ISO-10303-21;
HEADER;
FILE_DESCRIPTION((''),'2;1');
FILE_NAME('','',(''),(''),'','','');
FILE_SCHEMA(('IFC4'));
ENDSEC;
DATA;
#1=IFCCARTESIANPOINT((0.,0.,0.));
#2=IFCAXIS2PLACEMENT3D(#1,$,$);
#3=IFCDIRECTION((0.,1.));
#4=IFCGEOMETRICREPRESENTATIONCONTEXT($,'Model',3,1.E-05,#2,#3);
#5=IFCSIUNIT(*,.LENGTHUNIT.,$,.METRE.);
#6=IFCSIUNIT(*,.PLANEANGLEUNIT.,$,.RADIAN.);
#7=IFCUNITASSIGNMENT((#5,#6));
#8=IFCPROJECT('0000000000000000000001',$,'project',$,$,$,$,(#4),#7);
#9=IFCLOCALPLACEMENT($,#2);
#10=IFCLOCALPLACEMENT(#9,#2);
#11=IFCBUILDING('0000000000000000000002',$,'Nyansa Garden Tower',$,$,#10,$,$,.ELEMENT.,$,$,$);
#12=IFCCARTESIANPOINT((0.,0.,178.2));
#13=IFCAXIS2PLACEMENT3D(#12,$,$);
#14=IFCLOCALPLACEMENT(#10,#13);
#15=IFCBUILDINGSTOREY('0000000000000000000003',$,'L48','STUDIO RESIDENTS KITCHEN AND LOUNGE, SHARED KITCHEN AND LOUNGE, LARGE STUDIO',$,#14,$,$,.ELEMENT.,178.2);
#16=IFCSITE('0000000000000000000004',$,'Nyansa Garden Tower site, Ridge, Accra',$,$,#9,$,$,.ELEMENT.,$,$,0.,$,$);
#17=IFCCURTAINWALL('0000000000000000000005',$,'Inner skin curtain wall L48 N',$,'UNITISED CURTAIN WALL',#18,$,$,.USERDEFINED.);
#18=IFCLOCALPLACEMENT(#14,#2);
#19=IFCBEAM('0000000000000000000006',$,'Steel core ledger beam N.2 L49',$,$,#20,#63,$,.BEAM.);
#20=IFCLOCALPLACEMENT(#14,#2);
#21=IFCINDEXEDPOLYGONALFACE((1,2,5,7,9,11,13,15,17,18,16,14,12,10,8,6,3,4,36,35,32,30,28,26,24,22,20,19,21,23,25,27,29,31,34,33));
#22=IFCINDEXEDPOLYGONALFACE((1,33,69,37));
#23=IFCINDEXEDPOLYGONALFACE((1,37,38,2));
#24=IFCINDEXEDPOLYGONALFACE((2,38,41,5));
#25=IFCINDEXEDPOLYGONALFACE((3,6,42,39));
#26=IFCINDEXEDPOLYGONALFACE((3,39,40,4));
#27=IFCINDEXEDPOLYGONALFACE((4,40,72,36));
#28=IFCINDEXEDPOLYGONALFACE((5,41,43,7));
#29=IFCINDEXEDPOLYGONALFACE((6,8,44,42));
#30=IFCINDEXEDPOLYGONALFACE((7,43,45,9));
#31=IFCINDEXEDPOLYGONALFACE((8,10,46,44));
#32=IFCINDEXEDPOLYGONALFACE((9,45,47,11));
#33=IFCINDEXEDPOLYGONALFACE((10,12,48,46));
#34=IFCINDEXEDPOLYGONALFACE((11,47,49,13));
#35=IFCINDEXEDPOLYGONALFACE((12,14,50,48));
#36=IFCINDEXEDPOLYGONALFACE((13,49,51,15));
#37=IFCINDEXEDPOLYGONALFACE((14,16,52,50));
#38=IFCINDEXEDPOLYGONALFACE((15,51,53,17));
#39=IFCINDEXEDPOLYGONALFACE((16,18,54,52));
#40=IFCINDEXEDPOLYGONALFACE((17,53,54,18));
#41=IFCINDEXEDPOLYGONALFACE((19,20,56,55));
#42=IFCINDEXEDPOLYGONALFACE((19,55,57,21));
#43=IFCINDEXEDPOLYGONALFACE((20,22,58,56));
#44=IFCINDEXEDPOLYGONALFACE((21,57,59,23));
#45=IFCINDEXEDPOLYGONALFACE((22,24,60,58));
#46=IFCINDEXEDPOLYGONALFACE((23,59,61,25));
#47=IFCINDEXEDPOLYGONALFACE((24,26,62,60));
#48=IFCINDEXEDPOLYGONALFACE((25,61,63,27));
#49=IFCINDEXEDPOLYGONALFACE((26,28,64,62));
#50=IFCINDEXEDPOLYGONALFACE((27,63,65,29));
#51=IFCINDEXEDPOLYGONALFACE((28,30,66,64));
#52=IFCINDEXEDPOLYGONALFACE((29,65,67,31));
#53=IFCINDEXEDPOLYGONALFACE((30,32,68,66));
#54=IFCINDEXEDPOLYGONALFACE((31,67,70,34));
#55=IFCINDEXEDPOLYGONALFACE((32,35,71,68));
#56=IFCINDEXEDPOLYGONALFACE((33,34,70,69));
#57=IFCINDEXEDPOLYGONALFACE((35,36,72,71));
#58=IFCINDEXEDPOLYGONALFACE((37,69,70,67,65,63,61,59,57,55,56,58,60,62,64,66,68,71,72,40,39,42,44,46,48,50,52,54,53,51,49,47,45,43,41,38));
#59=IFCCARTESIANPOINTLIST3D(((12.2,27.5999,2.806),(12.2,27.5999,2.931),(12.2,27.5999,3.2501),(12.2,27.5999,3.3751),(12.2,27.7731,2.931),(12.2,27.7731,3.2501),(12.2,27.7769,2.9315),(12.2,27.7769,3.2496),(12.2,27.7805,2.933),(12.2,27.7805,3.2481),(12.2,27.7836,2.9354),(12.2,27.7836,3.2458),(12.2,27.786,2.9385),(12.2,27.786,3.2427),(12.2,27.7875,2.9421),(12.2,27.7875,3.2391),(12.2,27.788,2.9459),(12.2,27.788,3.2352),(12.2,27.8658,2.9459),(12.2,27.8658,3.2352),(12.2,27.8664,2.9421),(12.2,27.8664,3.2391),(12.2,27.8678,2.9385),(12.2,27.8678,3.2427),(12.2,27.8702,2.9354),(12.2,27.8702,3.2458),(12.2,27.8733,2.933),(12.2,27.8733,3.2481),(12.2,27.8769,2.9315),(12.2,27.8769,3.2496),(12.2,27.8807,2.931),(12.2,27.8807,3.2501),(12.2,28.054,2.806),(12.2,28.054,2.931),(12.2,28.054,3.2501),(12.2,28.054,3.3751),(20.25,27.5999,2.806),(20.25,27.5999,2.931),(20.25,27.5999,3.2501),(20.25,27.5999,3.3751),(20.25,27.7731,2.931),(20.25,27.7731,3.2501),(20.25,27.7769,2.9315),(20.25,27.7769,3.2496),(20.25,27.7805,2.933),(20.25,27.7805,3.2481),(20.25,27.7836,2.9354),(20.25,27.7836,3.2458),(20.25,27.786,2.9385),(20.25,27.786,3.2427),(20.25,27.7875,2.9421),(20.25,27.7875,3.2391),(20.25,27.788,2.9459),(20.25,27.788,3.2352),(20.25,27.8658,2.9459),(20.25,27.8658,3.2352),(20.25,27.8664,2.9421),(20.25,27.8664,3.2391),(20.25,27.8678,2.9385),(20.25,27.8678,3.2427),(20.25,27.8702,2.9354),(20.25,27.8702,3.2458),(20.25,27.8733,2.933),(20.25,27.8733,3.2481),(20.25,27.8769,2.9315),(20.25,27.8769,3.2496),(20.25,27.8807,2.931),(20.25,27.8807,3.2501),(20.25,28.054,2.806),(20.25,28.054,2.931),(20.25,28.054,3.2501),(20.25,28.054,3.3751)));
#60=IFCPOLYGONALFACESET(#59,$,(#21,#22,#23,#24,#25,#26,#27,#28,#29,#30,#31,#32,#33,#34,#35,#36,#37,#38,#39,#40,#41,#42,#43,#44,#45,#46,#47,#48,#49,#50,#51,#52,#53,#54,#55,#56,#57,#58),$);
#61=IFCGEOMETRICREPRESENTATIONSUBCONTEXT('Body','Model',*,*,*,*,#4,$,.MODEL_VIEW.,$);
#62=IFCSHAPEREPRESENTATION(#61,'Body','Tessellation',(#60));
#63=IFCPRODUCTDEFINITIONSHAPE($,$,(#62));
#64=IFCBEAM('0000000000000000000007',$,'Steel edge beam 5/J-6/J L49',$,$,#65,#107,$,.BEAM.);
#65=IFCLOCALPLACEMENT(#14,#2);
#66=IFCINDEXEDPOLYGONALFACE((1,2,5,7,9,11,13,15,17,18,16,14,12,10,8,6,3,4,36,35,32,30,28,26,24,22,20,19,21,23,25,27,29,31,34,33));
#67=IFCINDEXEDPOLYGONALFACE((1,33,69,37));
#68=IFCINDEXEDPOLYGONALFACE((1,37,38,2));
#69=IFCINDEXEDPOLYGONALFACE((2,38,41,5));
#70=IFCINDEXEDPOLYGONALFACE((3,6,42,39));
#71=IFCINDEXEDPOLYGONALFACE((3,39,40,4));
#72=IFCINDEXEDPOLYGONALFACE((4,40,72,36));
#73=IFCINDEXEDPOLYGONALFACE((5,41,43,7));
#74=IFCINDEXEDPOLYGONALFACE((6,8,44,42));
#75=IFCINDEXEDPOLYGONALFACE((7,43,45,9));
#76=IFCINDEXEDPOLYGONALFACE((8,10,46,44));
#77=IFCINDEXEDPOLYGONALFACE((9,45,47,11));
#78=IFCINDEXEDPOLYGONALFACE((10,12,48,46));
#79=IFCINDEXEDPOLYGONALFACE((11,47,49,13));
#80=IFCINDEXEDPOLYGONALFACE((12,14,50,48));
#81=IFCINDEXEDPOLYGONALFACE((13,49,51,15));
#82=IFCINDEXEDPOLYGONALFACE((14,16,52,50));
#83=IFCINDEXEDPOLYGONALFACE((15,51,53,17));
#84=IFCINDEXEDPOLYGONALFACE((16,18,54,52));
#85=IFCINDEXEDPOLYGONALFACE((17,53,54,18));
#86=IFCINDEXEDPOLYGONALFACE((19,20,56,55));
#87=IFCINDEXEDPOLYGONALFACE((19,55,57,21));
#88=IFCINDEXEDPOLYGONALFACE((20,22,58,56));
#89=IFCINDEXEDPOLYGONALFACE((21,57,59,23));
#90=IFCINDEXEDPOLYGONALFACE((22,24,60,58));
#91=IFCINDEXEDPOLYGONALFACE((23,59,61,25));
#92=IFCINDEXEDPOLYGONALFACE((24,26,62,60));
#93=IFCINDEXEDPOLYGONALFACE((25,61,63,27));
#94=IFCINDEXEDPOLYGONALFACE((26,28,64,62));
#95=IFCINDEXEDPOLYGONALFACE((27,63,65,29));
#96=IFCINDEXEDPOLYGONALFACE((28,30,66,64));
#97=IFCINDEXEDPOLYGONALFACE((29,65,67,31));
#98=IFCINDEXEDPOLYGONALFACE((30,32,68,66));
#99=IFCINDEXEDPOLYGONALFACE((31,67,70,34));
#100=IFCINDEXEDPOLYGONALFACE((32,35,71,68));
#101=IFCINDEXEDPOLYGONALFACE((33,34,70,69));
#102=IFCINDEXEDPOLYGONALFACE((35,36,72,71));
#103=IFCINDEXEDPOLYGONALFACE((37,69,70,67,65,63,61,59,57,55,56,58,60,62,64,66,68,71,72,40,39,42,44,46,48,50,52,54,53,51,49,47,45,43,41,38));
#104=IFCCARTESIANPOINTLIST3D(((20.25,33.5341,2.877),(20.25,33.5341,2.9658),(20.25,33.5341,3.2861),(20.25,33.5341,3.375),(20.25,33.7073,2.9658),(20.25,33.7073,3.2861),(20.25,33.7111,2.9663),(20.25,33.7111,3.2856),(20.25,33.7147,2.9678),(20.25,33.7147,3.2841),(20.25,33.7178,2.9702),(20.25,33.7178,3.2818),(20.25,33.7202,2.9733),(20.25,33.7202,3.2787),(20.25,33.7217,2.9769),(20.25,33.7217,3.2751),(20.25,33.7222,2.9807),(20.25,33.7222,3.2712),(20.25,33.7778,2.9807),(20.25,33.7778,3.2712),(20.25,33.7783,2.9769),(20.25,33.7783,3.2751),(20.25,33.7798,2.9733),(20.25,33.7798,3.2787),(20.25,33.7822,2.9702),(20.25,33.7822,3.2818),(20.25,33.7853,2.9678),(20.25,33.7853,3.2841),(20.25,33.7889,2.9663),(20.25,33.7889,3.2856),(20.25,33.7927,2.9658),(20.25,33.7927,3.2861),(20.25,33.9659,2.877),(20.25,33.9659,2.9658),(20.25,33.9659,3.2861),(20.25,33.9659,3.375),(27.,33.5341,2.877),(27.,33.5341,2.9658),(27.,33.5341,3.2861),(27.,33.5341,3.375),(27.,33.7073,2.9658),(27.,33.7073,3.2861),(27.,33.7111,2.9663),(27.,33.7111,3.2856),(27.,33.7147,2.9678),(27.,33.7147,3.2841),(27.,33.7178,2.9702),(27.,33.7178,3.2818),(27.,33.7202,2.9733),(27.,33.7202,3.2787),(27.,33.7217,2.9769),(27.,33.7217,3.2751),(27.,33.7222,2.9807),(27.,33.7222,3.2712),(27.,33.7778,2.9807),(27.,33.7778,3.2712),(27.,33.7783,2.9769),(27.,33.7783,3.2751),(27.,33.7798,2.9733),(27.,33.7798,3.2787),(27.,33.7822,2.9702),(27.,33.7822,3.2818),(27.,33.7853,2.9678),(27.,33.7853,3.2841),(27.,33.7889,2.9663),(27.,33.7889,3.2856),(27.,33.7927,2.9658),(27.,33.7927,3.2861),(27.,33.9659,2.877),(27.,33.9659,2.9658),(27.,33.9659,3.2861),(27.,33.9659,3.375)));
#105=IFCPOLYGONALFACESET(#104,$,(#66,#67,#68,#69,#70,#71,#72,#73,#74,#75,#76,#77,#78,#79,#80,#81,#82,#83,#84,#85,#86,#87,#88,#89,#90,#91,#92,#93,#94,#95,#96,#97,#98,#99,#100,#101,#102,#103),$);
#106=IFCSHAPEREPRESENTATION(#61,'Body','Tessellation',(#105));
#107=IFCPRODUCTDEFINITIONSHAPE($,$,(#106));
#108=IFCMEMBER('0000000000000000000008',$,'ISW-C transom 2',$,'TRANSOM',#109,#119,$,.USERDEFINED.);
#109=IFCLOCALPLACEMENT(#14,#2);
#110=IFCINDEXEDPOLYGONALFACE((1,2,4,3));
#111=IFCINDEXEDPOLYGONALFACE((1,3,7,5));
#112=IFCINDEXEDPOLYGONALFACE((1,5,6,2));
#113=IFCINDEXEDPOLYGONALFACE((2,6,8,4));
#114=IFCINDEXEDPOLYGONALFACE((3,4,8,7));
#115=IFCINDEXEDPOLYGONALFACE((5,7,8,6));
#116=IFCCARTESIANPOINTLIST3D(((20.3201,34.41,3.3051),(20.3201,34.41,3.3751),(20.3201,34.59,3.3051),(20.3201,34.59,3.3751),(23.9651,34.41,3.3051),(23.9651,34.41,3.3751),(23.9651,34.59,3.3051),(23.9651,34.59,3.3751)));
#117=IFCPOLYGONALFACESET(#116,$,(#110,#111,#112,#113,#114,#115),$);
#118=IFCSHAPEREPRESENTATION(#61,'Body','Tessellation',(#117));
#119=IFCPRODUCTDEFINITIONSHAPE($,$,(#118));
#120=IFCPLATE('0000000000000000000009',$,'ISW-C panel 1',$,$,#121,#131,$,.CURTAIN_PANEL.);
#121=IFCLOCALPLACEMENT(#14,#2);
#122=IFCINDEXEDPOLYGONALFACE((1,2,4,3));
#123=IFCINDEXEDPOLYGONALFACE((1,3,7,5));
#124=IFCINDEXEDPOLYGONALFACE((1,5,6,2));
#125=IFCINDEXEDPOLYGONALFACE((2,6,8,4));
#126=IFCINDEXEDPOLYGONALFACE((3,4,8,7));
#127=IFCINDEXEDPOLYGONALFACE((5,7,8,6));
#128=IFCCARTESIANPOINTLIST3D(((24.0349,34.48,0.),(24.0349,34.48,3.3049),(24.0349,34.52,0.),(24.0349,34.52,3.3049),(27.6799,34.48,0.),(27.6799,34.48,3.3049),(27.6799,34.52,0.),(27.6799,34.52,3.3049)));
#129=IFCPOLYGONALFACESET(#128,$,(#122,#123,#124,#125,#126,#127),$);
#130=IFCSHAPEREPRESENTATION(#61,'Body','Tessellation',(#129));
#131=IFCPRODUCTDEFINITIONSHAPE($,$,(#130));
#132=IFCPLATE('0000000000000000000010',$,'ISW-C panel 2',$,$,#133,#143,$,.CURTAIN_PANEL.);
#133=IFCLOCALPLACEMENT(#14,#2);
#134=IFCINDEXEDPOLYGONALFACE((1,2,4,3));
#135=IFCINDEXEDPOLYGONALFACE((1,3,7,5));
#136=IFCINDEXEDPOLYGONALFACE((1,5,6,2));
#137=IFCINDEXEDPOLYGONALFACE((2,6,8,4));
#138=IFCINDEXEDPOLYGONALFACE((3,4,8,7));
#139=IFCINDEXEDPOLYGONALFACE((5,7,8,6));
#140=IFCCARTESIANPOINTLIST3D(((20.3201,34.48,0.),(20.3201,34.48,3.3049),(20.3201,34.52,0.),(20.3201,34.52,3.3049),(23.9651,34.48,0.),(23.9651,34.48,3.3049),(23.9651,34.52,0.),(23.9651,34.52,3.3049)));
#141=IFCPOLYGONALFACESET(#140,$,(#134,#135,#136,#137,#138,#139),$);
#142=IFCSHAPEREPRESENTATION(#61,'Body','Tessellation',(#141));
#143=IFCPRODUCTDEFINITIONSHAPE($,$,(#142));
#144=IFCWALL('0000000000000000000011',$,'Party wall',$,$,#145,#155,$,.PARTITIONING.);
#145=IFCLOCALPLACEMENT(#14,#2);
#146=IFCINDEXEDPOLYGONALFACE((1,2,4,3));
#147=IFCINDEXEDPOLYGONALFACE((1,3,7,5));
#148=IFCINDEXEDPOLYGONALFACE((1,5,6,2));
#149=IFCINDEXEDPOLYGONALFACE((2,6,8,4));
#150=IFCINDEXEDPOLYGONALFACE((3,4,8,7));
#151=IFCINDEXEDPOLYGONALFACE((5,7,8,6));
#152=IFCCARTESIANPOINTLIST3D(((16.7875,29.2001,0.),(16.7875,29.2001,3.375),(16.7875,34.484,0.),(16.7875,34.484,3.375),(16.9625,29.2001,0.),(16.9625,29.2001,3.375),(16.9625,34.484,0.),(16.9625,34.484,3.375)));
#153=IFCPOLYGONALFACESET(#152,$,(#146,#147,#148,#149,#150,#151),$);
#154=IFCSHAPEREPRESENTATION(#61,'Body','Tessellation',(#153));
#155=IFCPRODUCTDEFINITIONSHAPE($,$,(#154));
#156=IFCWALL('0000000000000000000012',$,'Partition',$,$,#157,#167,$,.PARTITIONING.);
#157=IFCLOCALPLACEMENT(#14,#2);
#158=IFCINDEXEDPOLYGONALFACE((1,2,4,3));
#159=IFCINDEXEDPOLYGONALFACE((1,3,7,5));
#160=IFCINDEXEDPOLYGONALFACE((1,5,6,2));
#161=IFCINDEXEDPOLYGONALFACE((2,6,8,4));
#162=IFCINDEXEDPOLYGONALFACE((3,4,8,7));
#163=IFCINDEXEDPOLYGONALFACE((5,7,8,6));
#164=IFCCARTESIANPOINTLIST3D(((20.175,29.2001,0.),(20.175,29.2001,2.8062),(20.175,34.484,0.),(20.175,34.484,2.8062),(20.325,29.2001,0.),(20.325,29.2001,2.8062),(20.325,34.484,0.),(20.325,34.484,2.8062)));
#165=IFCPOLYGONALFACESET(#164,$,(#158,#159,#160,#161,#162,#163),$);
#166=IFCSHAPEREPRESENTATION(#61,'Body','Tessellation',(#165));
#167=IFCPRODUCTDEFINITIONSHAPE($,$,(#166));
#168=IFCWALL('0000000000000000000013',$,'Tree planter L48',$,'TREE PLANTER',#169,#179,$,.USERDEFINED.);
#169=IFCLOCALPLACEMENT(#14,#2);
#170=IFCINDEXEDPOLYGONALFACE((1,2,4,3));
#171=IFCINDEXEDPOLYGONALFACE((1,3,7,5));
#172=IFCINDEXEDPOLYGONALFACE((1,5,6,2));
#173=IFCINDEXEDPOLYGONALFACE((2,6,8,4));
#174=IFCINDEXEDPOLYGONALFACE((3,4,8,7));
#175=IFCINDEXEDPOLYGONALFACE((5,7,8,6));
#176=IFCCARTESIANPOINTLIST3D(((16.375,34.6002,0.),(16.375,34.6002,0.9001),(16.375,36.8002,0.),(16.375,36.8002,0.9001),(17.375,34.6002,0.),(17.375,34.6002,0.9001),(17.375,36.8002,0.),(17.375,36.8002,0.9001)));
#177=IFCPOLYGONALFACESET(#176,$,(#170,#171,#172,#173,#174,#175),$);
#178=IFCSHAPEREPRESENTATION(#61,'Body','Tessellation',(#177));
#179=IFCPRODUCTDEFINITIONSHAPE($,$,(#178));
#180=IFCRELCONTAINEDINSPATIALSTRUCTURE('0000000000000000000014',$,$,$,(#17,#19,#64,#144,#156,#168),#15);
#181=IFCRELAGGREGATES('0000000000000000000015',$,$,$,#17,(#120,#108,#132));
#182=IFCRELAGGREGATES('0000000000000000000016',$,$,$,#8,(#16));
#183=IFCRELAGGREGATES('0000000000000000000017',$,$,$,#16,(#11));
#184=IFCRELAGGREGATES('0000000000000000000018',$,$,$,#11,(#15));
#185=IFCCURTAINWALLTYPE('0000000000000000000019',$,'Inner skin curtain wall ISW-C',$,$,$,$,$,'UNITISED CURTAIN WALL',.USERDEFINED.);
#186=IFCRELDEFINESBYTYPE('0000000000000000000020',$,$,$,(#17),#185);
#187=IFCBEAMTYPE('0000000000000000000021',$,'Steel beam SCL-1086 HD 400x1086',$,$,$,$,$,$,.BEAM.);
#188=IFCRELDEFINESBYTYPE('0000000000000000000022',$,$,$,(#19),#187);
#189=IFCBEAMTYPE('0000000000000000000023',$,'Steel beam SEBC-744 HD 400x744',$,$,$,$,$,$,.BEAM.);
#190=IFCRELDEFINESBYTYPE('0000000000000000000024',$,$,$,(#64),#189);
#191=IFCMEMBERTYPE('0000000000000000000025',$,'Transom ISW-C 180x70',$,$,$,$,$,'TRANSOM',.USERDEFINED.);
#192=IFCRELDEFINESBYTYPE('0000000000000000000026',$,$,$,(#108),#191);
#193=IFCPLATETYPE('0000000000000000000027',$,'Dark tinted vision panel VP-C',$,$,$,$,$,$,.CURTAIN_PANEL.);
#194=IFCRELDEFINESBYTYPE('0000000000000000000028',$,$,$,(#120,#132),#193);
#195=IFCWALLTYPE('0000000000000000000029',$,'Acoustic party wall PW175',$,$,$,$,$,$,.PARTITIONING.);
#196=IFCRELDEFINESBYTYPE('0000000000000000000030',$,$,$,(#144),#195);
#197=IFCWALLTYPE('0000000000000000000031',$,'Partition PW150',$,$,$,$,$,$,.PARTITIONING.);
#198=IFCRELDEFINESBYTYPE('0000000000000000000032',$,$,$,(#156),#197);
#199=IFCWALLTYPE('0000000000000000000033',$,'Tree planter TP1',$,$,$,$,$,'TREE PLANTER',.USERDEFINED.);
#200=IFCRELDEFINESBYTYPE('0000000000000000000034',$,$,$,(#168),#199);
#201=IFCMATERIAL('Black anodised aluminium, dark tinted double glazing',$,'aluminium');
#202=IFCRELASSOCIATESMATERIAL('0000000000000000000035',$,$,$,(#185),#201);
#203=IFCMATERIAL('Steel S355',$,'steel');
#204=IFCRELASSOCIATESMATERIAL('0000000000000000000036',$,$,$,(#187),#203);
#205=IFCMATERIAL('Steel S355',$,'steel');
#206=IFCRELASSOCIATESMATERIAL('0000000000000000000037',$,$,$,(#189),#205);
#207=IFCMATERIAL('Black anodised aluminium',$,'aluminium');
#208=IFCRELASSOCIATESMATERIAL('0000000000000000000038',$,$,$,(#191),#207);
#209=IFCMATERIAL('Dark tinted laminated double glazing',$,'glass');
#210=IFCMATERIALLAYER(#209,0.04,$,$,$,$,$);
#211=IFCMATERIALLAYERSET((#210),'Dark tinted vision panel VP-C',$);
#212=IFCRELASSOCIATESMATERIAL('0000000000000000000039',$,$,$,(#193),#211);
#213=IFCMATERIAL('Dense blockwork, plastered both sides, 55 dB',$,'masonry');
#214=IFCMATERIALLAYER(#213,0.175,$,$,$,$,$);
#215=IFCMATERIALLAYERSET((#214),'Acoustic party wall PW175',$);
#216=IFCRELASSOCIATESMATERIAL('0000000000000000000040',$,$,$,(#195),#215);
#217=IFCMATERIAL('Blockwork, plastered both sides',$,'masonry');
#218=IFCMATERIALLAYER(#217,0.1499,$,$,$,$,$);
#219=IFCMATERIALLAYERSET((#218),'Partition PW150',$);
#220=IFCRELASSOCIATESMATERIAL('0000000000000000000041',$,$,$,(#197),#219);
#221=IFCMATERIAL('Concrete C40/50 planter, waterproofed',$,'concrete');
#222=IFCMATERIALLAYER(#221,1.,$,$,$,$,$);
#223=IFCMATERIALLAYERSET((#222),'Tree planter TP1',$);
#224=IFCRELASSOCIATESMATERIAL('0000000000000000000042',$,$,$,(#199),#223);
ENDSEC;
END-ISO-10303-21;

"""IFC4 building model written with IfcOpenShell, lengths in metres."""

from ifc_helpers import new_model, si_unit, direction, frame, frame_2d, origin, origin_2d, place, context, subcontext, project, spatial, rectangle, i_section, extrude, material, layer, layer_set, material_profile, profile_set, type_object, element, aggregate, save


model = new_model("IFC4")

# Units and contexts
model_context = context("Model", 3, precision=1e-05, world=origin(), true_north=direction((0.0, 1.0)))
body_context = subcontext(model_context, "Body", "Model", "MODEL_VIEW")
ifc_project = project(units=[si_unit("LENGTHUNIT", "METRE"), si_unit("PLANEANGLEUNIT", "RADIAN")], contexts=[model_context])

# Site, building, storey
site_placement = place(None, origin())
site = spatial("IfcSite", under=ifc_project, at=site_placement, Name="Nyansa Garden Tower site, Ridge, Accra", CompositionType="ELEMENT", RefElevation=0.0)
building_placement = place(site_placement, origin())
building = spatial("IfcBuilding", under=site, at=building_placement, Name="Nyansa Garden Tower", CompositionType="ELEMENT")
storey_placement = place(building_placement, frame((0.0, 0.0, 178.2)))
storey = spatial("IfcBuildingStorey", under=building, at=storey_placement, Name="L48", Description="STUDIO RESIDENTS KITCHEN AND LOUNGE, SHARED KITCHEN AND LOUNGE, LARGE STUDIO", CompositionType="ELEMENT", Elevation=178.2)

# Curtain wall
ifc_material_1 = material(Name="Black anodised aluminium, dark tinted double glazing", Category="aluminium")
curtain_wall_type = type_object("IfcCurtainWallType", Name="Inner skin curtain wall ISW-C", ElementType="UNITISED CURTAIN WALL", PredefinedType="USERDEFINED", material=ifc_material_1)
curtain_wall_placement = place(storey_placement, origin())
curtain_wall = element("IfcCurtainWall", 1, at=curtain_wall_placement, inside=storey, type_object=curtain_wall_type, Name="Inner skin curtain wall L48 N", ObjectType="UNITISED CURTAIN WALL", PredefinedType="USERDEFINED")

# Beams
ifc_material_2 = material(Name="Steel S355", Category="steel")
ifc_material_profile_1 = material_profile(ifc_material_2, i_section(OverallWidth=0.4541, OverallDepth=0.5691, WebThickness=0.0779, FlangeThickness=0.125, FilletRadius=0.0149, at=origin_2d()), Name="HD 400x1086")
ifc_profile_set_1 = profile_set([ifc_material_profile_1], Name="Steel S355")
beam_type_1 = type_object("IfcBeamType", Name="Steel beam SCL-1086 HD 400x1086", PredefinedType="BEAM", material=ifc_profile_set_1)
beam_1_placement = place(storey_placement, frame((20.25, 27.8269, 3.0906), z_axis=(-1.0, 0.0, 0.0), x_axis=(0.0, -1.0, 0.0)))
element("IfcBeam", 2, at=beam_1_placement, inside=storey, type_object=beam_type_1, Name="Steel core ledger beam N.2 L49", PredefinedType="BEAM", context=body_context, shape_type="SweptSolid", body=[
    extrude(i_section(OverallWidth=0.4541, OverallDepth=0.5691, WebThickness=0.0779, FlangeThickness=0.125, FilletRadius=0.0149, at=origin_2d()), origin(), (0.0, 0.0, 1.0), 8.05),
])
ifc_material_3 = material(Name="Steel S355", Category="steel")
ifc_material_profile_2 = material_profile(ifc_material_3, i_section(OverallWidth=0.4319, OverallDepth=0.498, WebThickness=0.0557, FlangeThickness=0.0889, FilletRadius=0.0149, at=origin_2d()), Name="HD 400x744")
ifc_profile_set_2 = profile_set([ifc_material_profile_2], Name="Steel S355")
beam_type_2 = type_object("IfcBeamType", Name="Steel beam SEBC-744 HD 400x744", PredefinedType="BEAM", material=ifc_profile_set_2)
beam_2_placement = place(storey_placement, frame((20.25, 33.75, 3.126), z_axis=(1.0, 0.0, 0.0), x_axis=(0.0, 1.0, 0.0)))
element("IfcBeam", 3, at=beam_2_placement, inside=storey, type_object=beam_type_2, Name="Steel edge beam 5/J-6/J L49", PredefinedType="BEAM", context=body_context, shape_type="SweptSolid", body=[
    extrude(i_section(OverallWidth=0.4319, OverallDepth=0.498, WebThickness=0.0557, FlangeThickness=0.0889, FilletRadius=0.0149, at=origin_2d()), origin(), (0.0, 0.0, 1.0), 6.75),
])

# Member
ifc_material_4 = material(Name="Black anodised aluminium", Category="aluminium")
ifc_material_profile_3 = material_profile(ifc_material_4, rectangle(XDim=0.1799, YDim=0.0701, at=origin_2d()), Name="Transom 180x70")
ifc_profile_set_3 = profile_set([ifc_material_profile_3], Name="Black anodised aluminium")
member_type_1 = type_object("IfcMemberType", Name="Transom ISW-C 180x70", ElementType="TRANSOM", PredefinedType="USERDEFINED", material=ifc_profile_set_3)
member_1_placement = place(storey_placement, frame((23.9651, 34.5, 3.3401), z_axis=(-1.0, 0.0, 0.0), x_axis=(0.0, -1.0, 0.0)))
member_1 = element("IfcMember", 4, at=member_1_placement, type_object=member_type_1, Name="ISW-C transom 2", ObjectType="TRANSOM", PredefinedType="USERDEFINED", context=body_context, shape_type="SweptSolid", body=[
    extrude(rectangle(XDim=0.1799, YDim=0.0701, at=origin_2d()), origin(), (0.0, 0.0, 1.0), 3.645),
])

# Plates
ifc_material_5 = material(Name="Dark tinted laminated double glazing", Category="glass")
ifc_layer_1 = layer(ifc_material_5, 0.04)
ifc_layer_set_1 = layer_set([ifc_layer_1], Name="Dark tinted vision panel VP-C")
plate_type = type_object("IfcPlateType", Name="Dark tinted vision panel VP-C", PredefinedType="CURTAIN_PANEL", material=ifc_layer_set_1)
plate_1_placement = place(storey_placement, frame((25.8574, 34.5, 0.0), z_axis=(0.0, 0.0, 1.0), x_axis=(-1.0, 0.0, 0.0)))
plate_1 = element("IfcPlate", 5, at=plate_1_placement, type_object=plate_type, Name="ISW-C panel 1", PredefinedType="CURTAIN_PANEL", context=body_context, shape_type="SweptSolid", body=[
    extrude(rectangle(XDim=3.645, YDim=0.04, at=origin_2d()), origin(), (0.0, 0.0, 1.0), 3.3049),
])
plate_2_placement = place(storey_placement, frame((22.1426, 34.5, 0.0), z_axis=(0.0, 0.0, 1.0), x_axis=(-1.0, 0.0, 0.0)))
plate_2 = element("IfcPlate", 6, at=plate_2_placement, type_object=plate_type, Name="ISW-C panel 2", PredefinedType="CURTAIN_PANEL", context=body_context, shape_type="SweptSolid", body=[
    extrude(rectangle(XDim=3.645, YDim=0.04, at=origin_2d()), origin(), (0.0, 0.0, 1.0), 3.3049),
])
aggregate(curtain_wall, [plate_1, member_1, plate_2])

# Walls
ifc_material_6 = material(Name="Dense blockwork, plastered both sides, 55 dB", Category="masonry")
ifc_layer_2 = layer(ifc_material_6, 0.175)
ifc_layer_set_2 = layer_set([ifc_layer_2], Name="Acoustic party wall PW175")
wall_type_1 = type_object("IfcWallType", Name="Acoustic party wall PW175", PredefinedType="PARTITIONING", material=ifc_layer_set_2)
wall_1_placement = place(storey_placement, frame((16.875, 29.2, 0.0), z_axis=(0.0, 0.0, 1.0), x_axis=(0.0, 1.0, 0.0)))
element("IfcWall", 7, at=wall_1_placement, inside=storey, type_object=wall_type_1, Name="Party wall", PredefinedType="PARTITIONING", context=body_context, shape_type="SweptSolid", body=[
    extrude(rectangle(XDim=5.2839, YDim=0.175, at=frame_2d((2.6421, 0.0))), origin(), (0.0, 0.0, 1.0), 3.375),
])
ifc_material_7 = material(Name="Blockwork, plastered both sides", Category="masonry")
ifc_layer_3 = layer(ifc_material_7, 0.1499)
ifc_layer_set_3 = layer_set([ifc_layer_3], Name="Partition PW150")
wall_type_2 = type_object("IfcWallType", Name="Partition PW150", PredefinedType="PARTITIONING", material=ifc_layer_set_3)
wall_2_placement = place(storey_placement, frame((20.25, 29.2, 0.0), z_axis=(0.0, 0.0, 1.0), x_axis=(0.0, 1.0, 0.0)))
element("IfcWall", 8, at=wall_2_placement, inside=storey, type_object=wall_type_2, Name="Partition", PredefinedType="PARTITIONING", context=body_context, shape_type="SweptSolid", body=[
    extrude(rectangle(XDim=5.2839, YDim=0.1499, at=frame_2d((2.6421, 0.0))), origin(), (0.0, 0.0, 1.0), 2.8062),
])
ifc_material_8 = material(Name="Concrete C40/50 planter, waterproofed", Category="concrete")
ifc_layer_4 = layer(ifc_material_8, 1.0)
ifc_layer_set_4 = layer_set([ifc_layer_4], Name="Tree planter TP1")
wall_type_3 = type_object("IfcWallType", Name="Tree planter TP1", ElementType="TREE PLANTER", PredefinedType="USERDEFINED", material=ifc_layer_set_4)
wall_3_placement = place(storey_placement, frame((16.875, 34.6001, 0.0), z_axis=(0.0, 0.0, 1.0), x_axis=(0.0, 1.0, 0.0)))
element("IfcWall", 9, at=wall_3_placement, inside=storey, type_object=wall_type_3, Name="Tree planter L48", ObjectType="TREE PLANTER", PredefinedType="USERDEFINED", context=body_context, shape_type="SweptSolid", body=[
    extrude(rectangle(XDim=2.2, YDim=1.0, at=frame_2d((1.1001, 0.0))), origin(), (0.0, 0.0, 1.0), 0.9001),
])

save(model, "model.ifc")
